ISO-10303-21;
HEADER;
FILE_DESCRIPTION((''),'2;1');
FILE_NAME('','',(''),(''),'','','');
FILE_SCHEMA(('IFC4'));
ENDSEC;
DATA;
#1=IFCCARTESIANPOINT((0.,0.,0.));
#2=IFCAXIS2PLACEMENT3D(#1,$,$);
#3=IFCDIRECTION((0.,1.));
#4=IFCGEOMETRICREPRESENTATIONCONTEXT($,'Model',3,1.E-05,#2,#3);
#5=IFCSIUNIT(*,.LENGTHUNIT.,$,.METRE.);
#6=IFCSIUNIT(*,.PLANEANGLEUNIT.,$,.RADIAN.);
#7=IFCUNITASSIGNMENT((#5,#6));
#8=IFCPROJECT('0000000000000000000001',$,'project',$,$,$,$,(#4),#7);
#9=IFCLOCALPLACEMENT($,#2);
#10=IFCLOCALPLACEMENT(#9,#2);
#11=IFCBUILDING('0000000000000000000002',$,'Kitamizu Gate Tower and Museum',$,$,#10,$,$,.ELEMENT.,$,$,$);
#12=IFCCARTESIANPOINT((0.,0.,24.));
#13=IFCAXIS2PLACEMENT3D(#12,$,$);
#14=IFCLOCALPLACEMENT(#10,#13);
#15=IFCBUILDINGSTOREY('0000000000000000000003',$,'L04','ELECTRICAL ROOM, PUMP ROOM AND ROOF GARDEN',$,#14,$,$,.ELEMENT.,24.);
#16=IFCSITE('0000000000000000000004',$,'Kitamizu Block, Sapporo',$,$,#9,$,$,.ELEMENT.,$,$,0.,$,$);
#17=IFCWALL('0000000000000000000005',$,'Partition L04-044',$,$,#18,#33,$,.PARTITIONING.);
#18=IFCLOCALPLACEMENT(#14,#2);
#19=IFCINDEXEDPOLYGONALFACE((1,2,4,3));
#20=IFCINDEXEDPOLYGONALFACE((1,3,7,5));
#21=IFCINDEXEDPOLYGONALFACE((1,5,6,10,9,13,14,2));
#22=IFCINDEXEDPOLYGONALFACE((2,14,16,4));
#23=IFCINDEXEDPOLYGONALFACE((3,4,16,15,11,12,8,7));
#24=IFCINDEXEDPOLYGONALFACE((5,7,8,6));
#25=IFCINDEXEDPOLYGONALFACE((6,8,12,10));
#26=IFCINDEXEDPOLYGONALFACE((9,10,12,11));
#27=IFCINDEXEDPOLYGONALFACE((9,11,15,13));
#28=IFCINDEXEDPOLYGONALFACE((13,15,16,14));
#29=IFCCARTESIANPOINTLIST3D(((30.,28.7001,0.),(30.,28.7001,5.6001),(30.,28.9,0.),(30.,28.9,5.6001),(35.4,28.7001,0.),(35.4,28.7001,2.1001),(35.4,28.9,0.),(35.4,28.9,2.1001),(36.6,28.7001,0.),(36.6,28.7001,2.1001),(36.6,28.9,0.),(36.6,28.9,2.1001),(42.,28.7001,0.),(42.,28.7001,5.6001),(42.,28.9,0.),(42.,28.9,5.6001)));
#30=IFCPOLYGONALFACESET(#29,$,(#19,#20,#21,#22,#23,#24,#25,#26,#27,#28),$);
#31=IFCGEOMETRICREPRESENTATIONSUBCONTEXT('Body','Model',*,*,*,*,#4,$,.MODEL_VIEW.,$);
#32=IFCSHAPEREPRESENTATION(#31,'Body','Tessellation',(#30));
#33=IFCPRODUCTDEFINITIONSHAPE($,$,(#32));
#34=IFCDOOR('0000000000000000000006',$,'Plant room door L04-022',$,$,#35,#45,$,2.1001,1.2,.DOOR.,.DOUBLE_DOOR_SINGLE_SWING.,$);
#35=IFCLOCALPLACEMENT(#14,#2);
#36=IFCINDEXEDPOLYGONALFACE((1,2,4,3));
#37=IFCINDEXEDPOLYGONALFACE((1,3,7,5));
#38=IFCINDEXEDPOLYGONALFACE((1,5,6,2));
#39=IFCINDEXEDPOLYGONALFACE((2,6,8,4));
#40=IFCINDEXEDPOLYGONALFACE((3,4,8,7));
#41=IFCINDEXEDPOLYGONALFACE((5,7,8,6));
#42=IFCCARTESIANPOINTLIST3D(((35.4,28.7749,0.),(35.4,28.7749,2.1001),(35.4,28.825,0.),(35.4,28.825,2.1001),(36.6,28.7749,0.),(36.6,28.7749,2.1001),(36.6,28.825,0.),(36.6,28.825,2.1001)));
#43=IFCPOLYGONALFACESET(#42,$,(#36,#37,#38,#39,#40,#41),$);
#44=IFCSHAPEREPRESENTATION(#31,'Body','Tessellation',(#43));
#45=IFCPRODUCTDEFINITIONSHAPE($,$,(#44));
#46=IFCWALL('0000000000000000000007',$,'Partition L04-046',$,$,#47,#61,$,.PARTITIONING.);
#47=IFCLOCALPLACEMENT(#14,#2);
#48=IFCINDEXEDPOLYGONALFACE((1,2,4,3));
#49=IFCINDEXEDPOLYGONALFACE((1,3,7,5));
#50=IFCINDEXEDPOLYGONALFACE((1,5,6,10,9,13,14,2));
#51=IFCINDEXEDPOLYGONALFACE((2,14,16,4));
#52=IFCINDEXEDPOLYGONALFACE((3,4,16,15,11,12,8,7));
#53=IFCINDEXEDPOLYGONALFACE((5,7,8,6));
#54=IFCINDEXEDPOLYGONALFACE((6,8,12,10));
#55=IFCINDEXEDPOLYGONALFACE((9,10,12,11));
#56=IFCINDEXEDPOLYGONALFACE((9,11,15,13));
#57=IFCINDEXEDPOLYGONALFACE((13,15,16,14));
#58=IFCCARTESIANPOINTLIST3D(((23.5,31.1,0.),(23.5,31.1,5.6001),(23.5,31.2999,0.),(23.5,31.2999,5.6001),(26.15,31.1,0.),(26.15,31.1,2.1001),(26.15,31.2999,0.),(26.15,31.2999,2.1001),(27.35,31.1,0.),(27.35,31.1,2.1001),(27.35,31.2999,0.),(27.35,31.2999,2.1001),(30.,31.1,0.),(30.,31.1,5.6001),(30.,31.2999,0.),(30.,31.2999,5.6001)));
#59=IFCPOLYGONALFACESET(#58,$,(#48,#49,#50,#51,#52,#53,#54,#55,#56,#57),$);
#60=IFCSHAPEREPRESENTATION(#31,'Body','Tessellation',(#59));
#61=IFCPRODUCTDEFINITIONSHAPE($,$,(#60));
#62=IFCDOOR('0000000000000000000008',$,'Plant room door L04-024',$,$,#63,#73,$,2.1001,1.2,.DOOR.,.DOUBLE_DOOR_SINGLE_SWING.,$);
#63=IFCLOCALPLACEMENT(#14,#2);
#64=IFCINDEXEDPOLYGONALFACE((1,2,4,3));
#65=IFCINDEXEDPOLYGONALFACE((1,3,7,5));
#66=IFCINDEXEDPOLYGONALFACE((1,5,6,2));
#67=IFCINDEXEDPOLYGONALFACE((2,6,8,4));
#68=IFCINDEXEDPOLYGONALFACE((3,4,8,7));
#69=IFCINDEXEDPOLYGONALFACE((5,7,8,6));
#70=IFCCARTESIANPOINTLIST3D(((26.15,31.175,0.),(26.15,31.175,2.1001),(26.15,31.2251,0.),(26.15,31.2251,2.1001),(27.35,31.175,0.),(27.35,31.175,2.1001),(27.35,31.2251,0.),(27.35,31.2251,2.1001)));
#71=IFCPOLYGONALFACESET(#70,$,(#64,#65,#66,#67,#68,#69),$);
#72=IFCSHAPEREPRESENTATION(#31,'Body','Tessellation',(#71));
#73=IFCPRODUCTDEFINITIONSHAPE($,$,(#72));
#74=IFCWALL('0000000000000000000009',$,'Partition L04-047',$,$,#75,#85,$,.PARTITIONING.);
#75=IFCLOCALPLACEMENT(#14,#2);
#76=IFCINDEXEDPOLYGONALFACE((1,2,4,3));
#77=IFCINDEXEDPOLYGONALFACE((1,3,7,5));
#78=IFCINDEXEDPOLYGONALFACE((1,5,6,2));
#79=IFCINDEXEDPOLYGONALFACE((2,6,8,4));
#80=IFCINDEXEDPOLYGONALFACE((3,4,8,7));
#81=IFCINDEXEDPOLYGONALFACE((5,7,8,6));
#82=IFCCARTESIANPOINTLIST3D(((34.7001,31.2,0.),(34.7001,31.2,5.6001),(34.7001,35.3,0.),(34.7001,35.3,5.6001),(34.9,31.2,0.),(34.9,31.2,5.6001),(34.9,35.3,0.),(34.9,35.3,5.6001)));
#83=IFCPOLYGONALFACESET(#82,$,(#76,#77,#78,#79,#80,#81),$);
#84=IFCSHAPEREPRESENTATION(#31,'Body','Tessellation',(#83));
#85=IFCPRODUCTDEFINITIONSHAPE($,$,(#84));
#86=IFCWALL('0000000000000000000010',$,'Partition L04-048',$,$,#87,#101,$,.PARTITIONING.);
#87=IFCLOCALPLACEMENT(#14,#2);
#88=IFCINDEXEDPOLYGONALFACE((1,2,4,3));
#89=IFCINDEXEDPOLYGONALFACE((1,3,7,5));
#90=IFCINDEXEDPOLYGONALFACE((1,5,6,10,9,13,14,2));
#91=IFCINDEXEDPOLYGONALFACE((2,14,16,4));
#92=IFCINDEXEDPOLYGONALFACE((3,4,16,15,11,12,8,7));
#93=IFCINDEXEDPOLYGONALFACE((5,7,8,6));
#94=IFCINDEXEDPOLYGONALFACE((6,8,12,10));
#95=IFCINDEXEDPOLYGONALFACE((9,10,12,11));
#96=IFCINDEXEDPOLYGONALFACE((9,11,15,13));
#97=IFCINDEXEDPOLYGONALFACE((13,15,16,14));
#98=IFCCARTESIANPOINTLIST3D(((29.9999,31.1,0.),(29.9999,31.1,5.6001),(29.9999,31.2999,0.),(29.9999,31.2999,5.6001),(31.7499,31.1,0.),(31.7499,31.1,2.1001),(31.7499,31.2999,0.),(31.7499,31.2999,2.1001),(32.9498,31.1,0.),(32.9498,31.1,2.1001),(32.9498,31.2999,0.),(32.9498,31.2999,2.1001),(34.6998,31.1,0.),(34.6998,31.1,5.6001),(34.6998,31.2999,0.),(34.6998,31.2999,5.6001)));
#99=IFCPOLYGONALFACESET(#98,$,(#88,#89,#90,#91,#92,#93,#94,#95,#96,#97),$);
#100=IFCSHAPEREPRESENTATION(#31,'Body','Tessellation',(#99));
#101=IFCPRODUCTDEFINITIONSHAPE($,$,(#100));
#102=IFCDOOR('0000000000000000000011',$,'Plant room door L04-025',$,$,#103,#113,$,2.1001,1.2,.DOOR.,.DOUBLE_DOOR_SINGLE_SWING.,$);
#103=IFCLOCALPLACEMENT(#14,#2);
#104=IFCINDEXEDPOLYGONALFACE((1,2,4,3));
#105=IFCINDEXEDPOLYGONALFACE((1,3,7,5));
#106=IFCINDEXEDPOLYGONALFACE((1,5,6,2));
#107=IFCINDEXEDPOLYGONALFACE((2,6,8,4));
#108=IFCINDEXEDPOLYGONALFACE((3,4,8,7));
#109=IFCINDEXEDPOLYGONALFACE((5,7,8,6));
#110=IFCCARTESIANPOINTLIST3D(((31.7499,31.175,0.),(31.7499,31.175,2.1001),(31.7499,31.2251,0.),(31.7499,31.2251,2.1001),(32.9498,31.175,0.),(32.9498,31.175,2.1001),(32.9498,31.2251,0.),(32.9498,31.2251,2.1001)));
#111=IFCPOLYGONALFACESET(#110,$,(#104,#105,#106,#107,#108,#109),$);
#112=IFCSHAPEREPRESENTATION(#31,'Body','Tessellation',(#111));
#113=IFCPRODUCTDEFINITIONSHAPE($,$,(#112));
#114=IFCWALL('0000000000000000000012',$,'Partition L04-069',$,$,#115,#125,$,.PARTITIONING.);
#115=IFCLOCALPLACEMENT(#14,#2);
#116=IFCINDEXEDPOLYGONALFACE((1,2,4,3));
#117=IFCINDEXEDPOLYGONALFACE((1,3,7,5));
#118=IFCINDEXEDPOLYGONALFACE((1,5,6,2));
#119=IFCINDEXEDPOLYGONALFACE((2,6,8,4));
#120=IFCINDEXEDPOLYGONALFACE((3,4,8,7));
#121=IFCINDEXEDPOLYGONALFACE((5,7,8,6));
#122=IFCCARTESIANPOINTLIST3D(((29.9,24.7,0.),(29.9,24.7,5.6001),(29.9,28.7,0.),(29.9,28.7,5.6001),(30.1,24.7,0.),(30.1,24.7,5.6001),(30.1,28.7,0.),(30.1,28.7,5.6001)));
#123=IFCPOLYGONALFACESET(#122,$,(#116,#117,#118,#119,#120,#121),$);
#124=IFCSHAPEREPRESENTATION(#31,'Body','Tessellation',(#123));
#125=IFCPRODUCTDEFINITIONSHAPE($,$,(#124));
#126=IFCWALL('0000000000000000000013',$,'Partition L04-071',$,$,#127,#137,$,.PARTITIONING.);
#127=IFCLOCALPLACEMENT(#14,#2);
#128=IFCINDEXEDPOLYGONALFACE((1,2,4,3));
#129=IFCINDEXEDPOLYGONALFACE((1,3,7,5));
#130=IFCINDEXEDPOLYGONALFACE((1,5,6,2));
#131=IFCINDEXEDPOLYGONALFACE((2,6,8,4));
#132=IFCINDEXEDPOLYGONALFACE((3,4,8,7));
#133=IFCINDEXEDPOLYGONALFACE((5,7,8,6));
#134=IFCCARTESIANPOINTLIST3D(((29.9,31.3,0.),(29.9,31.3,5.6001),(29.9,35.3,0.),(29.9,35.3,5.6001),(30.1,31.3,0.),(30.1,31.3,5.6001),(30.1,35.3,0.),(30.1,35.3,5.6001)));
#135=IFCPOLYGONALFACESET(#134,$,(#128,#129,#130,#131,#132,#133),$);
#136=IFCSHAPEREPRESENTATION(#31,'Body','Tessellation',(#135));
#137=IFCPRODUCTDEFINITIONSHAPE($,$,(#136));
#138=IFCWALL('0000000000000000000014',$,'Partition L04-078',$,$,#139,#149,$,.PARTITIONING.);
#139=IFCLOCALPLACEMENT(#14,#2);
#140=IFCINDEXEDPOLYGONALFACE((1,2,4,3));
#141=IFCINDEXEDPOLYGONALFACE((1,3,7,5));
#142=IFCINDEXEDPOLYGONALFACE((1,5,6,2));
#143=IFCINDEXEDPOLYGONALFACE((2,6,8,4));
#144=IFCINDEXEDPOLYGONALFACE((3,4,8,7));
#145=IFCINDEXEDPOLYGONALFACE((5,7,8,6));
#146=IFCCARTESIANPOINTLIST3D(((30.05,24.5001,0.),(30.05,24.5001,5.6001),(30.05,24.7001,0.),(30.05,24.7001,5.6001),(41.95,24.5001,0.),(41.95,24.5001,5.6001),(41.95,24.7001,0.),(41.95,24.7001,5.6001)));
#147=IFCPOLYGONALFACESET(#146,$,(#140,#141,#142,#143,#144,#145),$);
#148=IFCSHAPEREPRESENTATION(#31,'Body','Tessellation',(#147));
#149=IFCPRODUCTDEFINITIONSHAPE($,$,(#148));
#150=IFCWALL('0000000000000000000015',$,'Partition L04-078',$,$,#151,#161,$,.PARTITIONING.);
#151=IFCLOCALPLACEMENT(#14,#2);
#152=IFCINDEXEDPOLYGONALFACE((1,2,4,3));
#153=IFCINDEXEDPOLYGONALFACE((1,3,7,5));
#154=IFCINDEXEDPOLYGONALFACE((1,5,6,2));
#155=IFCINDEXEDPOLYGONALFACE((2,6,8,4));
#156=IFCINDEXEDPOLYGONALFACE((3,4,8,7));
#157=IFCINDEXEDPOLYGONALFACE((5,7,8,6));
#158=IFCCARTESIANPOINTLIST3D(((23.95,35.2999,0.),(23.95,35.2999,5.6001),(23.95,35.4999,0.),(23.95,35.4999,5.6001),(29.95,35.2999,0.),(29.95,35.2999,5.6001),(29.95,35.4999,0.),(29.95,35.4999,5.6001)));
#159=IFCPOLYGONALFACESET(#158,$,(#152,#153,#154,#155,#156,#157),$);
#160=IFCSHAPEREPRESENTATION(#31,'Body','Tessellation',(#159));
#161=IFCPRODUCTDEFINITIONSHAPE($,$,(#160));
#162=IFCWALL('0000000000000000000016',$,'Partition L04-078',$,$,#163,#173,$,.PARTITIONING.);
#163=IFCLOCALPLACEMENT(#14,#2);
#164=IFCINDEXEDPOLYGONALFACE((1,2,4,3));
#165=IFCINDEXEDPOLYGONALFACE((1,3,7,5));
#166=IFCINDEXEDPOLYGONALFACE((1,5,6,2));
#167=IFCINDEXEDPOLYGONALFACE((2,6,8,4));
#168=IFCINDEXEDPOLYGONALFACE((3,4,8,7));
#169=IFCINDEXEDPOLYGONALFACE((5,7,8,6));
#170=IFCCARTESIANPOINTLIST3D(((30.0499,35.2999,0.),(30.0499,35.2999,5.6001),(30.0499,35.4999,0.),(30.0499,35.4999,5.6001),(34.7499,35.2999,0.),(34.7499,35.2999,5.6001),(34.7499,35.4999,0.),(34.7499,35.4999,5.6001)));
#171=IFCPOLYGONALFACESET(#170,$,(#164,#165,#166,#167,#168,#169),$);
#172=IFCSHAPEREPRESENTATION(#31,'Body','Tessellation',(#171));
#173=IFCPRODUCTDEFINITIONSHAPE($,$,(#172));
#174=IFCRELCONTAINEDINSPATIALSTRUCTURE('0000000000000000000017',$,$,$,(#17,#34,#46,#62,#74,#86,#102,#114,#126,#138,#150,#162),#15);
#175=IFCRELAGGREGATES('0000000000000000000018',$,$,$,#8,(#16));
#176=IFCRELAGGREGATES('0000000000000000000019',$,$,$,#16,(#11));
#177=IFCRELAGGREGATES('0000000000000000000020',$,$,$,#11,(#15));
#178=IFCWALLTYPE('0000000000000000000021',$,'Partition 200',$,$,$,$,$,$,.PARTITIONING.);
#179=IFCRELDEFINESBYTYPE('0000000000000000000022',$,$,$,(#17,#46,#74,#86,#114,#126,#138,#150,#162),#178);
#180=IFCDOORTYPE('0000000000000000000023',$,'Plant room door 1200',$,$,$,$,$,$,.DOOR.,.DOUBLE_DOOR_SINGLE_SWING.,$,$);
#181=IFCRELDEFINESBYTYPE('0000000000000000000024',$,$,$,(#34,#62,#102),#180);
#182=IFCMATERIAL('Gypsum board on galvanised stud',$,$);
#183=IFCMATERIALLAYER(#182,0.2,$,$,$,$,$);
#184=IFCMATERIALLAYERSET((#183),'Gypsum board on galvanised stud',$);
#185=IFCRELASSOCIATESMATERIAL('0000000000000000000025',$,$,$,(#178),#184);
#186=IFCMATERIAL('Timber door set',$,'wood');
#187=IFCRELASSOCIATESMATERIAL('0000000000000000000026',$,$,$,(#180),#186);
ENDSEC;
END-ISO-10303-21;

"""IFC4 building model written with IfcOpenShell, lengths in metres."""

from ifc_helpers import new_model, si_unit, direction, frame, frame_2d, origin, place, context, subcontext, project, spatial, rectangle, extrude, material, layer, layer_set, type_object, element, fill, save


model = new_model("IFC4")

# Units and contexts
model_context = context("Model", 3, precision=1e-05, world=origin(), true_north=direction((0.0, 1.0)))
body_context = subcontext(model_context, "Body", "Model", "MODEL_VIEW")
ifc_project = project(units=[si_unit("LENGTHUNIT", "METRE"), si_unit("PLANEANGLEUNIT", "RADIAN")], contexts=[model_context])

# Site, building, storey
site_placement = place(None, origin())
site = spatial("IfcSite", under=ifc_project, at=site_placement, Name="Kitamizu Block, Sapporo", CompositionType="ELEMENT", RefElevation=0.0)
building_placement = place(site_placement, origin())
building = spatial("IfcBuilding", under=site, at=building_placement, Name="Kitamizu Gate Tower and Museum", CompositionType="ELEMENT")
storey_placement = place(building_placement, frame((0.0, 0.0, 24.0)))
storey = spatial("IfcBuildingStorey", under=building, at=storey_placement, Name="L04", Description="ELECTRICAL ROOM, PUMP ROOM AND ROOF GARDEN", CompositionType="ELEMENT", Elevation=24.0)

# Walls, openings, doors
ifc_material_1 = material(Name="Gypsum board on galvanised stud")
ifc_layer = layer(ifc_material_1, 0.2)
ifc_layer_set = layer_set([ifc_layer], Name="Gypsum board on galvanised stud")
wall_type = type_object("IfcWallType", Name="Partition 200", PredefinedType="PARTITIONING", material=ifc_layer_set)
wall_1_placement = place(storey_placement, frame((30.0, 28.8, 0.0), z_axis=(0.0, 0.0, 1.0), x_axis=(1.0, 0.0, 0.0)))
wall_1 = element("IfcWall", 1, at=wall_1_placement, inside=storey, type_object=wall_type, Name="Partition L04-044", PredefinedType="PARTITIONING", context=body_context, shape_type="SweptSolid", body=[
    extrude(rectangle(XDim=12.0, YDim=0.2, at=frame_2d((6.0, 0.0))), origin(), (0.0, 0.0, 1.0), 5.6001),
])
opening_1_placement = place(wall_1_placement, frame((5.3999, 0.0, 0.0)))
opening_1 = element("IfcOpeningElement", 2, at=opening_1_placement, cuts=wall_1, PredefinedType="OPENING", context=body_context, shape_type="SweptSolid", body=[
    extrude(rectangle(XDim=1.2, YDim=2.1001, at=frame_2d((0.6001, 1.05))), frame((0.0, 0.1099, 0.0), z_axis=(0.0, -1.0, 0.0), x_axis=(1.0, 0.0, 0.0)), (0.0, 0.0, 1.0), 0.22),
])
ifc_material_2 = material(Name="Timber door set", Category="wood")
door_type = type_object("IfcDoorType", Name="Plant room door 1200", OperationType="DOUBLE_DOOR_SINGLE_SWING", PredefinedType="DOOR", material=ifc_material_2)
door_1_placement = place(opening_1_placement, origin())
door_1 = element("IfcDoor", 3, at=door_1_placement, inside=storey, type_object=door_type, Name="Plant room door L04-022", OperationType="DOUBLE_DOOR_SINGLE_SWING", OverallHeight=2.1001, OverallWidth=1.2, PredefinedType="DOOR", context=body_context, shape_type="SweptSolid", body=[
    extrude(rectangle(XDim=1.2, YDim=2.1001, at=frame_2d((0.6001, 1.05))), frame((0.0, 0.0249, 0.0), z_axis=(0.0, -1.0, 0.0), x_axis=(1.0, 0.0, 0.0)), (0.0, 0.0, 1.0), 0.05),
])
fill(opening_1, door_1)
wall_2_placement = place(storey_placement, frame((30.0, 31.2, 0.0), z_axis=(0.0, 0.0, 1.0), x_axis=(-1.0, 0.0, 0.0)))
wall_2 = element("IfcWall", 4, at=wall_2_placement, inside=storey, type_object=wall_type, Name="Partition L04-046", PredefinedType="PARTITIONING", context=body_context, shape_type="SweptSolid", body=[
    extrude(rectangle(XDim=6.5, YDim=0.2, at=frame_2d((3.25, 0.0))), origin(), (0.0, 0.0, 1.0), 5.6001),
])
opening_2_placement = place(wall_2_placement, frame((2.6499, 0.0, 0.0)))
opening_2 = element("IfcOpeningElement", 5, at=opening_2_placement, cuts=wall_2, PredefinedType="OPENING", context=body_context, shape_type="SweptSolid", body=[
    extrude(rectangle(XDim=1.2, YDim=2.1001, at=frame_2d((0.6001, 1.05))), frame((0.0, 0.1099, 0.0), z_axis=(0.0, -1.0, 0.0), x_axis=(1.0, 0.0, 0.0)), (0.0, 0.0, 1.0), 0.22),
])
door_2_placement = place(opening_2_placement, origin())
door_2 = element("IfcDoor", 6, at=door_2_placement, inside=storey, type_object=door_type, Name="Plant room door L04-024", OperationType="DOUBLE_DOOR_SINGLE_SWING", OverallHeight=2.1001, OverallWidth=1.2, PredefinedType="DOOR", context=body_context, shape_type="SweptSolid", body=[
    extrude(rectangle(XDim=1.2, YDim=2.1001, at=frame_2d((0.6001, 1.05))), frame((0.0, 0.0249, 0.0), z_axis=(0.0, -1.0, 0.0), x_axis=(1.0, 0.0, 0.0)), (0.0, 0.0, 1.0), 0.05),
])
fill(opening_2, door_2)

# Wall
wall_3_placement = place(storey_placement, frame((34.8, 35.3, 0.0), z_axis=(0.0, 0.0, 1.0), x_axis=(0.0, -1.0, 0.0)))
element("IfcWall", 7, at=wall_3_placement, inside=storey, type_object=wall_type, Name="Partition L04-047", PredefinedType="PARTITIONING", context=body_context, shape_type="SweptSolid", body=[
    extrude(rectangle(XDim=4.1001, YDim=0.2, at=frame_2d((2.05, 0.0))), origin(), (0.0, 0.0, 1.0), 5.6001),
])

# Wall, opening, door
wall_4_placement = place(storey_placement, frame((34.7, 31.2, 0.0), z_axis=(0.0, 0.0, 1.0), x_axis=(-1.0, 0.0, 0.0)))
wall_4 = element("IfcWall", 8, at=wall_4_placement, inside=storey, type_object=wall_type, Name="Partition L04-048", PredefinedType="PARTITIONING", context=body_context, shape_type="SweptSolid", body=[
    extrude(rectangle(XDim=4.7, YDim=0.2, at=frame_2d((2.3501, 0.0))), origin(), (0.0, 0.0, 1.0), 5.6001),
])
opening_3_placement = place(wall_4_placement, frame((1.75, 0.0, 0.0)))
opening_3 = element("IfcOpeningElement", 9, at=opening_3_placement, cuts=wall_4, PredefinedType="OPENING", context=body_context, shape_type="SweptSolid", body=[
    extrude(rectangle(XDim=1.2, YDim=2.1001, at=frame_2d((0.6001, 1.05))), frame((0.0, 0.1099, 0.0), z_axis=(0.0, -1.0, 0.0), x_axis=(1.0, 0.0, 0.0)), (0.0, 0.0, 1.0), 0.22),
])
door_3_placement = place(opening_3_placement, origin())
door_3 = element("IfcDoor", 10, at=door_3_placement, inside=storey, type_object=door_type, Name="Plant room door L04-025", OperationType="DOUBLE_DOOR_SINGLE_SWING", OverallHeight=2.1001, OverallWidth=1.2, PredefinedType="DOOR", context=body_context, shape_type="SweptSolid", body=[
    extrude(rectangle(XDim=1.2, YDim=2.1001, at=frame_2d((0.6001, 1.05))), frame((0.0, 0.0249, 0.0), z_axis=(0.0, -1.0, 0.0), x_axis=(1.0, 0.0, 0.0)), (0.0, 0.0, 1.0), 0.05),
])
fill(opening_3, door_3)

# Walls
for number, where, z_axis, x_axis, name in (
    (11, (30.0, 24.7, 0.0), (0.0, 0.0, 1.0), (0.0, 1.0, 0.0), "Partition L04-069"),
    (12, (30.0, 31.3, 0.0), (0.0, 0.0, 1.0), (0.0, 1.0, 0.0), "Partition L04-071"),
):
    element("IfcWall", number, at=place(storey_placement, frame(where, z_axis=z_axis, x_axis=x_axis)), inside=storey, type_object=wall_type, Name=name, PredefinedType="PARTITIONING", context=body_context, shape_type="SweptSolid", body=[
        extrude(rectangle(XDim=4.0, YDim=0.2, at=frame_2d((2.0, 0.0))), origin(), (0.0, 0.0, 1.0), 5.6001),
    ])
wall_5_placement = place(storey_placement, frame((30.05, 24.6001, 0.0), z_axis=(0.0, 0.0, 1.0), x_axis=(1.0, 0.0, 0.0)))
element("IfcWall", 13, at=wall_5_placement, inside=storey, type_object=wall_type, Name="Partition L04-078", PredefinedType="PARTITIONING", context=body_context, shape_type="SweptSolid", body=[
    extrude(rectangle(XDim=11.8999, YDim=0.2, at=frame_2d((5.95, 0.0))), origin(), (0.0, 0.0, 1.0), 5.6001),
])
wall_6_placement = place(storey_placement, frame((29.95, 35.3999, 0.0), z_axis=(0.0, 0.0, 1.0), x_axis=(-1.0, 0.0, 0.0)))
element("IfcWall", 14, at=wall_6_placement, inside=storey, type_object=wall_type, Name="Partition L04-078", PredefinedType="PARTITIONING", context=body_context, shape_type="SweptSolid", body=[
    extrude(rectangle(XDim=6.0, YDim=0.2, at=frame_2d((3.0, 0.0))), origin(), (0.0, 0.0, 1.0), 5.6001),
])
wall_7_placement = place(storey_placement, frame((34.75, 35.3999, 0.0), z_axis=(0.0, 0.0, 1.0), x_axis=(-1.0, 0.0, 0.0)))
element("IfcWall", 15, at=wall_7_placement, inside=storey, type_object=wall_type, Name="Partition L04-078", PredefinedType="PARTITIONING", context=body_context, shape_type="SweptSolid", body=[
    extrude(rectangle(XDim=4.7, YDim=0.2, at=frame_2d((2.3501, 0.0))), origin(), (0.0, 0.0, 1.0), 5.6001),
])

save(model, "model.ifc")
